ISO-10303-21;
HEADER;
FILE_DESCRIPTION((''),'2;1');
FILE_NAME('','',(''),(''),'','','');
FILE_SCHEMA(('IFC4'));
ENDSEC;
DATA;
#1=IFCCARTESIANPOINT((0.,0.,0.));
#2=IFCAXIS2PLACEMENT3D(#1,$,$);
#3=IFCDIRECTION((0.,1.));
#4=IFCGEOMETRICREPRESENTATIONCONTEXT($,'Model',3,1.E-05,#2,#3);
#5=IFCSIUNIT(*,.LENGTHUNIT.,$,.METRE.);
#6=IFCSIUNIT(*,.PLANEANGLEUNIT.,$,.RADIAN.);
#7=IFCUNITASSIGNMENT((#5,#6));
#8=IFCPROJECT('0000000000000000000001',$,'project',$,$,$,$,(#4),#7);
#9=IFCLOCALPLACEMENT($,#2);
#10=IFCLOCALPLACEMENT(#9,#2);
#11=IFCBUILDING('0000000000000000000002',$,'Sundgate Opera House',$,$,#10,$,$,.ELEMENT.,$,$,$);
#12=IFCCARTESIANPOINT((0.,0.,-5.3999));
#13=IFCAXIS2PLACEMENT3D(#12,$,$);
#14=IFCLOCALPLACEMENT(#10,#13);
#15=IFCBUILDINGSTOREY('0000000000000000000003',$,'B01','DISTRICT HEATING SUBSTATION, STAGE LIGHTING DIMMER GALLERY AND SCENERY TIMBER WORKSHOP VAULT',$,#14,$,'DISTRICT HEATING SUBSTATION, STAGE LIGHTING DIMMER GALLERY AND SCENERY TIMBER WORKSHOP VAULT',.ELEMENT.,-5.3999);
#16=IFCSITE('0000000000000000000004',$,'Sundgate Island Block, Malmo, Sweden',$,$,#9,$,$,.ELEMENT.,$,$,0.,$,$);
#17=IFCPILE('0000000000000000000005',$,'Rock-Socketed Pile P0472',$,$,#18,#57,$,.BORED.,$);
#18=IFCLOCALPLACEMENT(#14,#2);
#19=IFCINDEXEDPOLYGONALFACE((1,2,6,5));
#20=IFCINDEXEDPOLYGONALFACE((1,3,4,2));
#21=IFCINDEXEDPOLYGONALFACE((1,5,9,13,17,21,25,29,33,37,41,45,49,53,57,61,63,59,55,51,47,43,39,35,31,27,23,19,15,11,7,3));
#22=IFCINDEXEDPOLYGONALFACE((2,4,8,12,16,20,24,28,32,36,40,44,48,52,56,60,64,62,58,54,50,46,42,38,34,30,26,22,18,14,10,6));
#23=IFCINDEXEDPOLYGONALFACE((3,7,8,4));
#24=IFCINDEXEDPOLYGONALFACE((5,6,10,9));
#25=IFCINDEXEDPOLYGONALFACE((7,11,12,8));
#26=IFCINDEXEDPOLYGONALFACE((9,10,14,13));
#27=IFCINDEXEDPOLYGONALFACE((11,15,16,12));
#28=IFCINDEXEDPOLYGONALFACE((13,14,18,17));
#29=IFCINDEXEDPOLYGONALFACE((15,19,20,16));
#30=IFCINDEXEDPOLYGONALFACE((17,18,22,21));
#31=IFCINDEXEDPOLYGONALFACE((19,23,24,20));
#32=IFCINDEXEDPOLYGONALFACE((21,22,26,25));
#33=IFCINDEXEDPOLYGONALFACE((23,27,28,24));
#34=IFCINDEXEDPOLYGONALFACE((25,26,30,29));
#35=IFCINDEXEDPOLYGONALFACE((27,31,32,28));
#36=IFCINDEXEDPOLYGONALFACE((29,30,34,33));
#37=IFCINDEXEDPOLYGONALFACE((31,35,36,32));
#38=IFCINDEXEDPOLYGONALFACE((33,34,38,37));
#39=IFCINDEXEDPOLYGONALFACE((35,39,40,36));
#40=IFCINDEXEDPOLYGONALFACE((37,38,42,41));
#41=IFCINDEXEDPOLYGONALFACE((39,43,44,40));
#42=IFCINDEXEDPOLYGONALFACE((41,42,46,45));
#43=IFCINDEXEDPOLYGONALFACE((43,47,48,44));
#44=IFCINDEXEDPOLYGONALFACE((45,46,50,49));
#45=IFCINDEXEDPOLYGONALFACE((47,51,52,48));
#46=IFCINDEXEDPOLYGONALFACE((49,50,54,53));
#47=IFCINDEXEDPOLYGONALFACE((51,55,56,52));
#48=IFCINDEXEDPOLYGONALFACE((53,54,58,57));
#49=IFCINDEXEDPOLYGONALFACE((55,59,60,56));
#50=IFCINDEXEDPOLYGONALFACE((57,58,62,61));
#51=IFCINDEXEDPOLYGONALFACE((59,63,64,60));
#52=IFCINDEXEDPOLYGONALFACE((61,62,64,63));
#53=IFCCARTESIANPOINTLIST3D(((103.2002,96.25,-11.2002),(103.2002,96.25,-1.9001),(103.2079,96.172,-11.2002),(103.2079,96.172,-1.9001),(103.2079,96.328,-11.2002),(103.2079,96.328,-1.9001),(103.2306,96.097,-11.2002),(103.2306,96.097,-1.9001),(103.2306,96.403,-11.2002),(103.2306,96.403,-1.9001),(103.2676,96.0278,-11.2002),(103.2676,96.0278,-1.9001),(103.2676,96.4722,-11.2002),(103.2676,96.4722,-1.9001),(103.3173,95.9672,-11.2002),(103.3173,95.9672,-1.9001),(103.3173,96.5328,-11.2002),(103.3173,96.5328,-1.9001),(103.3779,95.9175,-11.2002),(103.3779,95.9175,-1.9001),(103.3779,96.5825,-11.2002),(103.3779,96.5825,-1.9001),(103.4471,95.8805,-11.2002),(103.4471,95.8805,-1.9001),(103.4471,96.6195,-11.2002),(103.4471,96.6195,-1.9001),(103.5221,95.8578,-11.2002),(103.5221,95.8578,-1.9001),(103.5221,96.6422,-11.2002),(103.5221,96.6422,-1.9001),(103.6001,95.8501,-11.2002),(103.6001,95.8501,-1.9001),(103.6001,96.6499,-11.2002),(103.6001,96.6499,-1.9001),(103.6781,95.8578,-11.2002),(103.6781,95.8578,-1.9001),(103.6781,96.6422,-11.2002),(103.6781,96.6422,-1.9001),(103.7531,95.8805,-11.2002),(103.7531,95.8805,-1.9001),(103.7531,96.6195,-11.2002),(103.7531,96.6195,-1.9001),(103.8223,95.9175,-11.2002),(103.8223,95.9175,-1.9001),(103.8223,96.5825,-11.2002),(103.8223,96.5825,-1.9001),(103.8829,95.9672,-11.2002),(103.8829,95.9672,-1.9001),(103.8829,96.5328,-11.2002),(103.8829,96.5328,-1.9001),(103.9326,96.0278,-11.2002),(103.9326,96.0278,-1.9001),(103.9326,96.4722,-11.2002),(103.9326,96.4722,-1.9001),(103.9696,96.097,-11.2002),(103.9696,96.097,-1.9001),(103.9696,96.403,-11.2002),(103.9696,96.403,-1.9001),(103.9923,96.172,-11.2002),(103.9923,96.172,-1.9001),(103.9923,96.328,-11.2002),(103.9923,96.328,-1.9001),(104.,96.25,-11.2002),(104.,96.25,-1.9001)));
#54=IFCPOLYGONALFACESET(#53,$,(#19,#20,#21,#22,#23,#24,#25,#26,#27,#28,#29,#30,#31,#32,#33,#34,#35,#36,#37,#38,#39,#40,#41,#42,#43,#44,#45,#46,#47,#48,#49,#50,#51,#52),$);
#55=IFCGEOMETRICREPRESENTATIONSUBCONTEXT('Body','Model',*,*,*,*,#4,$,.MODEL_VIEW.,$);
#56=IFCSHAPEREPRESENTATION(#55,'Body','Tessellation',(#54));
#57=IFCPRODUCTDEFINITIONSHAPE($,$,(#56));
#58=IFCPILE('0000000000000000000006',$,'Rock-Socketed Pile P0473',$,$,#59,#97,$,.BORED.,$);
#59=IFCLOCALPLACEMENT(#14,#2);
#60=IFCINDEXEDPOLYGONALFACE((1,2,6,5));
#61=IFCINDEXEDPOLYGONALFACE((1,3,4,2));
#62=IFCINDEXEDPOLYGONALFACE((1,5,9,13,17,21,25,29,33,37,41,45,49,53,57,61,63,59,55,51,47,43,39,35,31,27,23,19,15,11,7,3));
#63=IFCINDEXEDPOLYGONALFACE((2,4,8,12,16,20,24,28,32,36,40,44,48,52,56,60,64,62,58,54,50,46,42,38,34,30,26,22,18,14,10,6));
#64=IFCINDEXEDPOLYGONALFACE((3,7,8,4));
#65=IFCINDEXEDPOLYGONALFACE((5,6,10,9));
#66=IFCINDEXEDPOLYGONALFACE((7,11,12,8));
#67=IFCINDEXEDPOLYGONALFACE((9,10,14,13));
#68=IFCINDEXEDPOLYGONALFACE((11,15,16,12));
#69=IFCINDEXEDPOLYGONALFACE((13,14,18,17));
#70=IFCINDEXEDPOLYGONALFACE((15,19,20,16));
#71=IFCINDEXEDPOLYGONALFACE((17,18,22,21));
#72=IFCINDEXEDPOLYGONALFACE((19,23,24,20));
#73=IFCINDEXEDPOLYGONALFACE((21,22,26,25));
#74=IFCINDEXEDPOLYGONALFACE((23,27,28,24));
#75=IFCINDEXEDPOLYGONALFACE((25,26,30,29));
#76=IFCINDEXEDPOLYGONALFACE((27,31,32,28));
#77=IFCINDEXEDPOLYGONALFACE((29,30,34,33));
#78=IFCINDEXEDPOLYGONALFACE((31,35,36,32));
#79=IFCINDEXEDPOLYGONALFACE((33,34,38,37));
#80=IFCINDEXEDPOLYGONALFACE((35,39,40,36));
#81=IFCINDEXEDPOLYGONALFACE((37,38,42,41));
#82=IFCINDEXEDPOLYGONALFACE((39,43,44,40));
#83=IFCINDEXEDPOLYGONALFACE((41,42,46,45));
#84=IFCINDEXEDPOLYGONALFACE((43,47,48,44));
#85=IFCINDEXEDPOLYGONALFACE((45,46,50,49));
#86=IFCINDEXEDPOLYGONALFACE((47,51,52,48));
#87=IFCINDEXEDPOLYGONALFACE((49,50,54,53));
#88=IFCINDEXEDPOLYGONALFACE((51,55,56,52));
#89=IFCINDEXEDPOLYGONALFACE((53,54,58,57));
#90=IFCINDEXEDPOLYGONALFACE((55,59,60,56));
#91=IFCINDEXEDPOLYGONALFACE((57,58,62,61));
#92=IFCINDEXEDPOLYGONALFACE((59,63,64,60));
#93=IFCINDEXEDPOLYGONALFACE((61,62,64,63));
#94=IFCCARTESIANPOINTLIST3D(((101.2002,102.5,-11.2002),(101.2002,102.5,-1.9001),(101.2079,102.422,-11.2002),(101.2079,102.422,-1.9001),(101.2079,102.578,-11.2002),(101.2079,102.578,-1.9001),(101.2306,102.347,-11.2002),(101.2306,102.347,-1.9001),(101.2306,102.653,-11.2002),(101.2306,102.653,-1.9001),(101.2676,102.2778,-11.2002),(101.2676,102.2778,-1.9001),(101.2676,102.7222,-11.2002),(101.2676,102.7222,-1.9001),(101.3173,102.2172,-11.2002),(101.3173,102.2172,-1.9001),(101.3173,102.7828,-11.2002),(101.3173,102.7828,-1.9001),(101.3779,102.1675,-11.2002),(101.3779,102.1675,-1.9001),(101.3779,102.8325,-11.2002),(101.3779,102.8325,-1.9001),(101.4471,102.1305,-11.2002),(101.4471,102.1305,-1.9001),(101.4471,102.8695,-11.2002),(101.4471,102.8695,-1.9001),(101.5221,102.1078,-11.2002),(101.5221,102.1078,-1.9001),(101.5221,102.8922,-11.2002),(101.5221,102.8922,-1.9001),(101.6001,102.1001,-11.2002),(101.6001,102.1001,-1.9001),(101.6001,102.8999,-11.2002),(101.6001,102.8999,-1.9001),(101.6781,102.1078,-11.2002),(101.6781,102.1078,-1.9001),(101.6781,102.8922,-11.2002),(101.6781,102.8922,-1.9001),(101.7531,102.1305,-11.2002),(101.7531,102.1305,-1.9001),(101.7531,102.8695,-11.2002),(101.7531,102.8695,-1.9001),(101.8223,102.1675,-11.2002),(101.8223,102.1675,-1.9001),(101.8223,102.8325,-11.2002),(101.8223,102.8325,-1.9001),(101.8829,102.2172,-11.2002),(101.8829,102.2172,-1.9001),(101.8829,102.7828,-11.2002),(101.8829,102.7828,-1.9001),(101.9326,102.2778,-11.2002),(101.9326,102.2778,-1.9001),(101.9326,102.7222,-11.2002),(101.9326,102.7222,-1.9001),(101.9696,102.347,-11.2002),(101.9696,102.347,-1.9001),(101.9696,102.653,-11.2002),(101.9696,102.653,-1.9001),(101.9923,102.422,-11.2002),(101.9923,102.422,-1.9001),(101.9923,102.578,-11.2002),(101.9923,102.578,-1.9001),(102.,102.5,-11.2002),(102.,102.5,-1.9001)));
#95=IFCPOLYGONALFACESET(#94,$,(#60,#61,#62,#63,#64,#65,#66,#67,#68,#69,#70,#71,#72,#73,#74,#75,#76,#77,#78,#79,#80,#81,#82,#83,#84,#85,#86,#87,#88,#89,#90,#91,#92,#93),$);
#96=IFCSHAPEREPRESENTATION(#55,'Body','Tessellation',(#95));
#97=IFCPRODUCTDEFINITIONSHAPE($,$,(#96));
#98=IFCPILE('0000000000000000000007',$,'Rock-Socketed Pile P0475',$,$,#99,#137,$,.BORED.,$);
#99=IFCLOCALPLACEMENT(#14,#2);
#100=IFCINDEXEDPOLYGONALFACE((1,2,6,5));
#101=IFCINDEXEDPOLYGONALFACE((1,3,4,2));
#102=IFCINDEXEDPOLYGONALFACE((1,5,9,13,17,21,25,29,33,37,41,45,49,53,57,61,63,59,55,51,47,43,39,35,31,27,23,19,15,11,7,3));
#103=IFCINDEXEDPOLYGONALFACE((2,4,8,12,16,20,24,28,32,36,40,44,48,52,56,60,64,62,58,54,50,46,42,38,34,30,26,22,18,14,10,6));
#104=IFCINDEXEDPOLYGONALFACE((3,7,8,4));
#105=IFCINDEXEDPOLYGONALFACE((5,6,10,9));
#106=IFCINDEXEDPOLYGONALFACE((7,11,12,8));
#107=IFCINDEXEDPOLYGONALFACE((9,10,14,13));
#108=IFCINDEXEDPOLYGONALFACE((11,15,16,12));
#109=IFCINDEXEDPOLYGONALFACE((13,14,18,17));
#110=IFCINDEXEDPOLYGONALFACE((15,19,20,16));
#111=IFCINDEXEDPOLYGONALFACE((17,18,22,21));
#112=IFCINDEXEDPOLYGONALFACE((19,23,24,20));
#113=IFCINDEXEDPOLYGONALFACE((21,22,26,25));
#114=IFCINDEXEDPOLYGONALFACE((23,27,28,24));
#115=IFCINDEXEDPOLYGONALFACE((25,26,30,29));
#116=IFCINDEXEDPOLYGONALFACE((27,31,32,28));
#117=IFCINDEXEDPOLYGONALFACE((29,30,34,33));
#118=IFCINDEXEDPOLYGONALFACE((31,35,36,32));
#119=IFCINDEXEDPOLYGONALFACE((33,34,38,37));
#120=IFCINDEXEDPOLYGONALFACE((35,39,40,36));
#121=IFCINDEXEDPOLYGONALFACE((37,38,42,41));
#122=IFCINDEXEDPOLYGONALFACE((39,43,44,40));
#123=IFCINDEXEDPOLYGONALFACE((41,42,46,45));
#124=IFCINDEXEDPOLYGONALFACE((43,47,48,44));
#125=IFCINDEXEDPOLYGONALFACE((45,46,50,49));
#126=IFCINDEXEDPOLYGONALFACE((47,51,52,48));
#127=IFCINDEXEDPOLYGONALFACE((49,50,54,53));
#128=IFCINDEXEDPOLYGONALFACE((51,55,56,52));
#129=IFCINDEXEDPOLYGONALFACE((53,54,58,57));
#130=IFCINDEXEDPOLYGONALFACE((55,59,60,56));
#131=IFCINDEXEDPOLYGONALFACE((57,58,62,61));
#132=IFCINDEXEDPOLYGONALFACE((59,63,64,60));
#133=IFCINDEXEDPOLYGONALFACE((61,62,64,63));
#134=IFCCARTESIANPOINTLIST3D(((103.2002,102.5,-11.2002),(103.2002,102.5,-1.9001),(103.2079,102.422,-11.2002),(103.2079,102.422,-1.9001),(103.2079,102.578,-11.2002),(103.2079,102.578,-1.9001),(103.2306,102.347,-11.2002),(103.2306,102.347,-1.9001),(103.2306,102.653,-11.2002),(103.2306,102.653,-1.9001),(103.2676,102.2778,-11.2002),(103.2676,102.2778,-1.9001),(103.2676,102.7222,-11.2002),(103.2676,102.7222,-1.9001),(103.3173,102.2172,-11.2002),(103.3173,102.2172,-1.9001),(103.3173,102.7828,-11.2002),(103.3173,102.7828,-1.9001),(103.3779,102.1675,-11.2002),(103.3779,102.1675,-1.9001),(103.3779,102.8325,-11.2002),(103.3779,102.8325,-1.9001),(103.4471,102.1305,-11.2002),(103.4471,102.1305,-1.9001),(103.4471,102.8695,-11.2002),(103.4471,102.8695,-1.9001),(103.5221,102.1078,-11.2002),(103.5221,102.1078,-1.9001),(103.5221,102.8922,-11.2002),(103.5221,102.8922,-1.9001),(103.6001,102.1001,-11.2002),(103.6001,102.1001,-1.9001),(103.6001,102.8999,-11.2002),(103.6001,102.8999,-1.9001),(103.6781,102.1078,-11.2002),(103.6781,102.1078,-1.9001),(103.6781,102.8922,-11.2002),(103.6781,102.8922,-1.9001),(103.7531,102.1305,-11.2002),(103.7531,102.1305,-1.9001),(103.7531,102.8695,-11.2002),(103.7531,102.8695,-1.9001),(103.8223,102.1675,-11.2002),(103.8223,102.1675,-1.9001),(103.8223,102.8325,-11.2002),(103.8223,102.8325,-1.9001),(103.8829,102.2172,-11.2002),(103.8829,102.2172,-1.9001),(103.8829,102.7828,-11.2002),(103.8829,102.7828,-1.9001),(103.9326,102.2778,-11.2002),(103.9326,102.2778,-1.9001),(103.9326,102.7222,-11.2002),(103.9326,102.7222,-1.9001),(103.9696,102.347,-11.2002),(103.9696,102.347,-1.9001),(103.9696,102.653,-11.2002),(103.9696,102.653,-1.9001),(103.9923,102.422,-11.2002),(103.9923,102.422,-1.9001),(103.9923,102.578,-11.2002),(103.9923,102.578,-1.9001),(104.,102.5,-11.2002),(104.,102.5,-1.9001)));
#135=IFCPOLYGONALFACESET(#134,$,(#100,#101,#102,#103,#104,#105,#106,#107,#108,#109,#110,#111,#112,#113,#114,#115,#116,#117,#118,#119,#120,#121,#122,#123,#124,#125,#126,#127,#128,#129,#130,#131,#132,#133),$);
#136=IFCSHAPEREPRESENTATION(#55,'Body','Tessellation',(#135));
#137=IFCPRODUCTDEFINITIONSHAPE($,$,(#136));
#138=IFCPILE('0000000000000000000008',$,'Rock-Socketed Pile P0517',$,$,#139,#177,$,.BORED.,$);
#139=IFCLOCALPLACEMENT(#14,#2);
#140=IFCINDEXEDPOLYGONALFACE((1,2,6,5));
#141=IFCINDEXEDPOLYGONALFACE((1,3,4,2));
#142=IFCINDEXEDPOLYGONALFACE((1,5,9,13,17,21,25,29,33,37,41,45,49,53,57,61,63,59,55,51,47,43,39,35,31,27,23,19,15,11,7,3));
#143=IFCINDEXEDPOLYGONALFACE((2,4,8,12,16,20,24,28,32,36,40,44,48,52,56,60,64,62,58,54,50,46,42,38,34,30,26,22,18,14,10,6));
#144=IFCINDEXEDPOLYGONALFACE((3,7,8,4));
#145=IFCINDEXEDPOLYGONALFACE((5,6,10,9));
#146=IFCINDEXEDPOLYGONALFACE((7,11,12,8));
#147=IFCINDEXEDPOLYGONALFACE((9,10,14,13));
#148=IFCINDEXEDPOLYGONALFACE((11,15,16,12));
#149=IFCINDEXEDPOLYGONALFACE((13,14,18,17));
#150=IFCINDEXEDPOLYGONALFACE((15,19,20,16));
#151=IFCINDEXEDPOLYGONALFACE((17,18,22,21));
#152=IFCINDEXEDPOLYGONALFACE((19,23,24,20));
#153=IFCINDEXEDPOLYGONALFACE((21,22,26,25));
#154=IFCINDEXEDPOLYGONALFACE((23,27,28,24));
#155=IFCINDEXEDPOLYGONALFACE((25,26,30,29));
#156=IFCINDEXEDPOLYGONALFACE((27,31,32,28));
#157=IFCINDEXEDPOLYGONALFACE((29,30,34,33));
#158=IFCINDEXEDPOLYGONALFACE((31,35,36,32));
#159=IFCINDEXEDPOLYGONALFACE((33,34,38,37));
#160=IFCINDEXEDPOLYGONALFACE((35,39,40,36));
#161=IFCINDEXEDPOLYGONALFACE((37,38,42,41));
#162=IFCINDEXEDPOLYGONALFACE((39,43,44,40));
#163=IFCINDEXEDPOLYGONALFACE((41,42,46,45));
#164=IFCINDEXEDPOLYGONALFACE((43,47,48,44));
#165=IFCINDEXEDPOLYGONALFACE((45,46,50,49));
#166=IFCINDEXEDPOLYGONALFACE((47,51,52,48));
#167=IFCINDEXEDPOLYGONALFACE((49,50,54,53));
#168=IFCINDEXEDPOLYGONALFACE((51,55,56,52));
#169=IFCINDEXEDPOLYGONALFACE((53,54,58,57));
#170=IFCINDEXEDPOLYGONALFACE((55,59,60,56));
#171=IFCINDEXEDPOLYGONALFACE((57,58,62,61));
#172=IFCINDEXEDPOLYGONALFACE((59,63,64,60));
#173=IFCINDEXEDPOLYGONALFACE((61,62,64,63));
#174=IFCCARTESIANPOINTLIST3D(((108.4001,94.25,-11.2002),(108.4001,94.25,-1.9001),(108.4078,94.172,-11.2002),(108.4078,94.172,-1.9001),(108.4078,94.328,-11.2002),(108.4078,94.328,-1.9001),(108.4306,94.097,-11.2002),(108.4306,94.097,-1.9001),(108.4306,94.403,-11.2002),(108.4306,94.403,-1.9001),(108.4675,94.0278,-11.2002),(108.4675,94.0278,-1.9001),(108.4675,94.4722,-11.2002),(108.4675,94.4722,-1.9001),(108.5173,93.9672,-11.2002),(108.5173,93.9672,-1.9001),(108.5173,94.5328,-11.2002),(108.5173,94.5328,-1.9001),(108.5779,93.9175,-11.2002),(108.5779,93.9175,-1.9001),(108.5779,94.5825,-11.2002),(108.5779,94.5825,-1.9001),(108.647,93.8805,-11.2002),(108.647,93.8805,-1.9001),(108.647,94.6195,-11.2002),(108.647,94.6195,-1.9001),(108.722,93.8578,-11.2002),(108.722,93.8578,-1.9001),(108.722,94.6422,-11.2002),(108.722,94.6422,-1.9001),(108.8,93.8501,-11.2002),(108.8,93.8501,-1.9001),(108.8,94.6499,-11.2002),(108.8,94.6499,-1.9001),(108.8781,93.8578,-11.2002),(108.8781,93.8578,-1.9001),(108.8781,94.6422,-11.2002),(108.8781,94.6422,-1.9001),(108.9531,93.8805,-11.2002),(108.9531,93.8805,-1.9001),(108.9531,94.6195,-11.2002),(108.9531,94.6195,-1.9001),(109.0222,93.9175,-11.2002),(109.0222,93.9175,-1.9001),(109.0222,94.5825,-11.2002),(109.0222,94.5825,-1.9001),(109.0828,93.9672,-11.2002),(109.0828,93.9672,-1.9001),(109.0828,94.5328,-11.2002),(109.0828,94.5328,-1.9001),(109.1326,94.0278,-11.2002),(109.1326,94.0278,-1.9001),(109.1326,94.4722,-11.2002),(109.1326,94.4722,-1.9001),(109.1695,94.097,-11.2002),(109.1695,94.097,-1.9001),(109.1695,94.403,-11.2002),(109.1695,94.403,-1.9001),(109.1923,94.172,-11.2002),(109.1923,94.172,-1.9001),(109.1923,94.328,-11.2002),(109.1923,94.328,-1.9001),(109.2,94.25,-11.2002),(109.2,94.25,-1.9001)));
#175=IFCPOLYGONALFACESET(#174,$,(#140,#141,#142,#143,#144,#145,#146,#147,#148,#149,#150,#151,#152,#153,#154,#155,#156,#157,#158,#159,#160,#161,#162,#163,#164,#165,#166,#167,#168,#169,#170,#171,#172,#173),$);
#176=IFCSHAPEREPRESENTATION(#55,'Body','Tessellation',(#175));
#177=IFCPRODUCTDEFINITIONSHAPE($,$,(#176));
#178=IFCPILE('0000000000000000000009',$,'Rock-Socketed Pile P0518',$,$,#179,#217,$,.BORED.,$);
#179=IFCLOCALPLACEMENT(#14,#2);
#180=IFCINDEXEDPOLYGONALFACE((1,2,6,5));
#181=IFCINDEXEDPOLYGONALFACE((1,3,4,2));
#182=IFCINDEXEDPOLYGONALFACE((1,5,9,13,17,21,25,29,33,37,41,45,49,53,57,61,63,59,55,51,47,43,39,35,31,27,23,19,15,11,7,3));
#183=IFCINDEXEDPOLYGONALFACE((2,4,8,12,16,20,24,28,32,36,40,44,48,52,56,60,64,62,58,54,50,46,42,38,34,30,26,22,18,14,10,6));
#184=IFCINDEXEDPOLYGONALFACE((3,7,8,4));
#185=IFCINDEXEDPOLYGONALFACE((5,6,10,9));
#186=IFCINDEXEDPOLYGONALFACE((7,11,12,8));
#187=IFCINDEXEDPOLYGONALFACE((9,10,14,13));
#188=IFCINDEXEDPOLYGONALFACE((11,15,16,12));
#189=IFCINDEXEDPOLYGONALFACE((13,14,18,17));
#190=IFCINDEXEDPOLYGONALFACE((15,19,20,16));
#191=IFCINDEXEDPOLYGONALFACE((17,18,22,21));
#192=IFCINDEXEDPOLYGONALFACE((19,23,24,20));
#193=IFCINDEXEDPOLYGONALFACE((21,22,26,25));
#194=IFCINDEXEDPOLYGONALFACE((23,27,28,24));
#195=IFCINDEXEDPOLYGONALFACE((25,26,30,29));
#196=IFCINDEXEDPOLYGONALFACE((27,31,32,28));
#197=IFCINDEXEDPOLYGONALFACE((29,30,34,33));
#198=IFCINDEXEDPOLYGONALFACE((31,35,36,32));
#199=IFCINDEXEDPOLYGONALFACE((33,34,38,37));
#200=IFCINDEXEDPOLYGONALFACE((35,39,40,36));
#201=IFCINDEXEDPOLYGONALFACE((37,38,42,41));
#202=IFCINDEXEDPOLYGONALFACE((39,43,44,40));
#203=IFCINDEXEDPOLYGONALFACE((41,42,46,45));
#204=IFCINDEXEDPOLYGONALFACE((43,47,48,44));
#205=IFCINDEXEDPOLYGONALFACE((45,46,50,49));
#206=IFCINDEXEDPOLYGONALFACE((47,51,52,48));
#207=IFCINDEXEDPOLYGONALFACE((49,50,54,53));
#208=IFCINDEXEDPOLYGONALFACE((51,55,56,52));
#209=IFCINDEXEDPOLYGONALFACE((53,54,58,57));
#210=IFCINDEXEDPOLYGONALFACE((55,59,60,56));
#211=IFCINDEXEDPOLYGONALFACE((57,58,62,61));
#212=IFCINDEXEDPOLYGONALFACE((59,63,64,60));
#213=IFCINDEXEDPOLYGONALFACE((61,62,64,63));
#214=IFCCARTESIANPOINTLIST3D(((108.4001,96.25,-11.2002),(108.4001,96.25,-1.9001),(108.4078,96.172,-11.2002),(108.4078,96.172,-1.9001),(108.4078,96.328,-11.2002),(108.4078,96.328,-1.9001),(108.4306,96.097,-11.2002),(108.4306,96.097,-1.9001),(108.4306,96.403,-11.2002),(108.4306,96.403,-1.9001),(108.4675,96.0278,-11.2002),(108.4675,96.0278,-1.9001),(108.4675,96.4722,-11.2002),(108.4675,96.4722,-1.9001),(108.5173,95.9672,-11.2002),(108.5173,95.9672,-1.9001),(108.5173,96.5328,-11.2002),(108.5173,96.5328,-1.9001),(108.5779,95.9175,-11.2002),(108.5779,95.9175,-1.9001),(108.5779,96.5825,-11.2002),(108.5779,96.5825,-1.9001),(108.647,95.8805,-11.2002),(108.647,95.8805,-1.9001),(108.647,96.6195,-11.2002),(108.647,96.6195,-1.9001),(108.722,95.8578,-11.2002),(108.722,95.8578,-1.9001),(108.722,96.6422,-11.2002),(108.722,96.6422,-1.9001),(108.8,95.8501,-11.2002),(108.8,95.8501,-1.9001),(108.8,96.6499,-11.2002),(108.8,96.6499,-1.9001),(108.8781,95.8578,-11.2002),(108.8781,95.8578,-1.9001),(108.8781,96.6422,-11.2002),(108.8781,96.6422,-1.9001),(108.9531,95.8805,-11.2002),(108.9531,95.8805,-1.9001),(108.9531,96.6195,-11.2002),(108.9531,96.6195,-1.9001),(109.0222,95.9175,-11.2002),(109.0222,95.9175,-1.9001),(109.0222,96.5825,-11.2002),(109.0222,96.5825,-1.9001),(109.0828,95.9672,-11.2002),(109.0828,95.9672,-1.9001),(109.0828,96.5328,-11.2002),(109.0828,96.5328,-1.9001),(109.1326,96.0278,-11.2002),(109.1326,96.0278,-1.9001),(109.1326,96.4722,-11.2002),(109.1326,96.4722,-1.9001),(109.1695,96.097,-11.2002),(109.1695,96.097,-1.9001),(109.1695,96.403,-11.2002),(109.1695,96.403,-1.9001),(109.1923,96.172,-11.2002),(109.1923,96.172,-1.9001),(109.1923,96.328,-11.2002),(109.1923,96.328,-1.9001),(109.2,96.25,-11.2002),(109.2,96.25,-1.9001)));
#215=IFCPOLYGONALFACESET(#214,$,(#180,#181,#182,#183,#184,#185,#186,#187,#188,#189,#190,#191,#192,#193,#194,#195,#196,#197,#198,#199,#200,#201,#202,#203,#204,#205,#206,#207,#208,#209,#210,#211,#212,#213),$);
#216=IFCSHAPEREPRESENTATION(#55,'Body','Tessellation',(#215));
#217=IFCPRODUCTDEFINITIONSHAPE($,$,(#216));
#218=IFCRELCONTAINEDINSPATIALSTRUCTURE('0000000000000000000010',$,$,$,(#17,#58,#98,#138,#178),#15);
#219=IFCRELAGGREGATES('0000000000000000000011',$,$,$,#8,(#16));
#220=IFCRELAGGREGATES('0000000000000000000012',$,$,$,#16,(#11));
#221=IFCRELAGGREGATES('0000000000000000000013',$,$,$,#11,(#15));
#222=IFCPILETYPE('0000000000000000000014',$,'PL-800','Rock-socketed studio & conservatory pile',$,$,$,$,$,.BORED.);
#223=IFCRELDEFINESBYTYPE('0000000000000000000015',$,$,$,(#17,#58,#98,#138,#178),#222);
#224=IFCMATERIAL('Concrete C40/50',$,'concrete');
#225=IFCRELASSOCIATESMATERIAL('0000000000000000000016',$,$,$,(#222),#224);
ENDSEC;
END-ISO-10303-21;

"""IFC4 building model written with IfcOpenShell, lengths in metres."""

from ifc_helpers import new_model, si_unit, direction, frame, origin, origin_2d, place, context, subcontext, project, spatial, circle, extrude, material, material_profile, profile_set, type_object, element, save


model = new_model("IFC4")

# Units and contexts
model_context = context("Model", 3, precision=1e-05, world=origin(), true_north=direction((0.0, 1.0)))
body_context = subcontext(model_context, "Body", "Model", "MODEL_VIEW")
ifc_project = project(units=[si_unit("LENGTHUNIT", "METRE"), si_unit("PLANEANGLEUNIT", "RADIAN")], contexts=[model_context])

# Site, building, storey
site_placement = place(None, origin())
site = spatial("IfcSite", under=ifc_project, at=site_placement, Name="Sundgate Island Block, Malmo, Sweden", CompositionType="ELEMENT", RefElevation=0.0)
building_placement = place(site_placement, origin())
building = spatial("IfcBuilding", under=site, at=building_placement, Name="Sundgate Opera House", CompositionType="ELEMENT")
storey_placement = place(building_placement, frame((0.0, 0.0, -5.3999)))
storey = spatial("IfcBuildingStorey", under=building, at=storey_placement, Name="B01", Description="DISTRICT HEATING SUBSTATION, STAGE LIGHTING DIMMER GALLERY AND SCENERY TIMBER WORKSHOP VAULT", LongName="DISTRICT HEATING SUBSTATION, STAGE LIGHTING DIMMER GALLERY AND SCENERY TIMBER WORKSHOP VAULT", CompositionType="ELEMENT", Elevation=-5.3999)

# Piles
ifc_material_1 = material(Name="Concrete C40/50", Category="concrete")
ifc_material_profile_1 = material_profile(ifc_material_1, circle(Radius=0.3999, at=origin_2d()), Name="PILE D800")
ifc_profile_set_1 = profile_set([ifc_material_profile_1], Name="Concrete C40/50")
pile_type = type_object("IfcPileType", Name="PL-800", Description="Rock-socketed studio & conservatory pile", PredefinedType="BORED", material=ifc_profile_set_1)
for number, where, z_axis, x_axis, name in (
    (1, (103.6001, 96.25, -1.9001), (0.0, 0.0, -1.0), (1.0, 0.0, 0.0), "Rock-Socketed Pile P0472"),
    (2, (101.6001, 102.5, -1.9001), (0.0, 0.0, -1.0), (1.0, 0.0, 0.0), "Rock-Socketed Pile P0473"),
    (3, (103.6001, 102.5, -1.9001), (0.0, 0.0, -1.0), (1.0, 0.0, 0.0), "Rock-Socketed Pile P0475"),
    (4, (108.8, 94.25, -1.9001), (0.0, 0.0, -1.0), (1.0, 0.0, 0.0), "Rock-Socketed Pile P0517"),
    (5, (108.8, 96.25, -1.9001), (0.0, 0.0, -1.0), (1.0, 0.0, 0.0), "Rock-Socketed Pile P0518"),
):
    element("IfcPile", number, at=place(storey_placement, frame(where, z_axis=z_axis, x_axis=x_axis)), inside=storey, type_object=pile_type, Name=name, PredefinedType="BORED", context=body_context, shape_type="SweptSolid", body=[
        extrude(circle(Radius=0.3999, at=origin_2d()), origin(), (0.0, 0.0, 1.0), 9.3),
    ])

save(model, "model.ifc")
